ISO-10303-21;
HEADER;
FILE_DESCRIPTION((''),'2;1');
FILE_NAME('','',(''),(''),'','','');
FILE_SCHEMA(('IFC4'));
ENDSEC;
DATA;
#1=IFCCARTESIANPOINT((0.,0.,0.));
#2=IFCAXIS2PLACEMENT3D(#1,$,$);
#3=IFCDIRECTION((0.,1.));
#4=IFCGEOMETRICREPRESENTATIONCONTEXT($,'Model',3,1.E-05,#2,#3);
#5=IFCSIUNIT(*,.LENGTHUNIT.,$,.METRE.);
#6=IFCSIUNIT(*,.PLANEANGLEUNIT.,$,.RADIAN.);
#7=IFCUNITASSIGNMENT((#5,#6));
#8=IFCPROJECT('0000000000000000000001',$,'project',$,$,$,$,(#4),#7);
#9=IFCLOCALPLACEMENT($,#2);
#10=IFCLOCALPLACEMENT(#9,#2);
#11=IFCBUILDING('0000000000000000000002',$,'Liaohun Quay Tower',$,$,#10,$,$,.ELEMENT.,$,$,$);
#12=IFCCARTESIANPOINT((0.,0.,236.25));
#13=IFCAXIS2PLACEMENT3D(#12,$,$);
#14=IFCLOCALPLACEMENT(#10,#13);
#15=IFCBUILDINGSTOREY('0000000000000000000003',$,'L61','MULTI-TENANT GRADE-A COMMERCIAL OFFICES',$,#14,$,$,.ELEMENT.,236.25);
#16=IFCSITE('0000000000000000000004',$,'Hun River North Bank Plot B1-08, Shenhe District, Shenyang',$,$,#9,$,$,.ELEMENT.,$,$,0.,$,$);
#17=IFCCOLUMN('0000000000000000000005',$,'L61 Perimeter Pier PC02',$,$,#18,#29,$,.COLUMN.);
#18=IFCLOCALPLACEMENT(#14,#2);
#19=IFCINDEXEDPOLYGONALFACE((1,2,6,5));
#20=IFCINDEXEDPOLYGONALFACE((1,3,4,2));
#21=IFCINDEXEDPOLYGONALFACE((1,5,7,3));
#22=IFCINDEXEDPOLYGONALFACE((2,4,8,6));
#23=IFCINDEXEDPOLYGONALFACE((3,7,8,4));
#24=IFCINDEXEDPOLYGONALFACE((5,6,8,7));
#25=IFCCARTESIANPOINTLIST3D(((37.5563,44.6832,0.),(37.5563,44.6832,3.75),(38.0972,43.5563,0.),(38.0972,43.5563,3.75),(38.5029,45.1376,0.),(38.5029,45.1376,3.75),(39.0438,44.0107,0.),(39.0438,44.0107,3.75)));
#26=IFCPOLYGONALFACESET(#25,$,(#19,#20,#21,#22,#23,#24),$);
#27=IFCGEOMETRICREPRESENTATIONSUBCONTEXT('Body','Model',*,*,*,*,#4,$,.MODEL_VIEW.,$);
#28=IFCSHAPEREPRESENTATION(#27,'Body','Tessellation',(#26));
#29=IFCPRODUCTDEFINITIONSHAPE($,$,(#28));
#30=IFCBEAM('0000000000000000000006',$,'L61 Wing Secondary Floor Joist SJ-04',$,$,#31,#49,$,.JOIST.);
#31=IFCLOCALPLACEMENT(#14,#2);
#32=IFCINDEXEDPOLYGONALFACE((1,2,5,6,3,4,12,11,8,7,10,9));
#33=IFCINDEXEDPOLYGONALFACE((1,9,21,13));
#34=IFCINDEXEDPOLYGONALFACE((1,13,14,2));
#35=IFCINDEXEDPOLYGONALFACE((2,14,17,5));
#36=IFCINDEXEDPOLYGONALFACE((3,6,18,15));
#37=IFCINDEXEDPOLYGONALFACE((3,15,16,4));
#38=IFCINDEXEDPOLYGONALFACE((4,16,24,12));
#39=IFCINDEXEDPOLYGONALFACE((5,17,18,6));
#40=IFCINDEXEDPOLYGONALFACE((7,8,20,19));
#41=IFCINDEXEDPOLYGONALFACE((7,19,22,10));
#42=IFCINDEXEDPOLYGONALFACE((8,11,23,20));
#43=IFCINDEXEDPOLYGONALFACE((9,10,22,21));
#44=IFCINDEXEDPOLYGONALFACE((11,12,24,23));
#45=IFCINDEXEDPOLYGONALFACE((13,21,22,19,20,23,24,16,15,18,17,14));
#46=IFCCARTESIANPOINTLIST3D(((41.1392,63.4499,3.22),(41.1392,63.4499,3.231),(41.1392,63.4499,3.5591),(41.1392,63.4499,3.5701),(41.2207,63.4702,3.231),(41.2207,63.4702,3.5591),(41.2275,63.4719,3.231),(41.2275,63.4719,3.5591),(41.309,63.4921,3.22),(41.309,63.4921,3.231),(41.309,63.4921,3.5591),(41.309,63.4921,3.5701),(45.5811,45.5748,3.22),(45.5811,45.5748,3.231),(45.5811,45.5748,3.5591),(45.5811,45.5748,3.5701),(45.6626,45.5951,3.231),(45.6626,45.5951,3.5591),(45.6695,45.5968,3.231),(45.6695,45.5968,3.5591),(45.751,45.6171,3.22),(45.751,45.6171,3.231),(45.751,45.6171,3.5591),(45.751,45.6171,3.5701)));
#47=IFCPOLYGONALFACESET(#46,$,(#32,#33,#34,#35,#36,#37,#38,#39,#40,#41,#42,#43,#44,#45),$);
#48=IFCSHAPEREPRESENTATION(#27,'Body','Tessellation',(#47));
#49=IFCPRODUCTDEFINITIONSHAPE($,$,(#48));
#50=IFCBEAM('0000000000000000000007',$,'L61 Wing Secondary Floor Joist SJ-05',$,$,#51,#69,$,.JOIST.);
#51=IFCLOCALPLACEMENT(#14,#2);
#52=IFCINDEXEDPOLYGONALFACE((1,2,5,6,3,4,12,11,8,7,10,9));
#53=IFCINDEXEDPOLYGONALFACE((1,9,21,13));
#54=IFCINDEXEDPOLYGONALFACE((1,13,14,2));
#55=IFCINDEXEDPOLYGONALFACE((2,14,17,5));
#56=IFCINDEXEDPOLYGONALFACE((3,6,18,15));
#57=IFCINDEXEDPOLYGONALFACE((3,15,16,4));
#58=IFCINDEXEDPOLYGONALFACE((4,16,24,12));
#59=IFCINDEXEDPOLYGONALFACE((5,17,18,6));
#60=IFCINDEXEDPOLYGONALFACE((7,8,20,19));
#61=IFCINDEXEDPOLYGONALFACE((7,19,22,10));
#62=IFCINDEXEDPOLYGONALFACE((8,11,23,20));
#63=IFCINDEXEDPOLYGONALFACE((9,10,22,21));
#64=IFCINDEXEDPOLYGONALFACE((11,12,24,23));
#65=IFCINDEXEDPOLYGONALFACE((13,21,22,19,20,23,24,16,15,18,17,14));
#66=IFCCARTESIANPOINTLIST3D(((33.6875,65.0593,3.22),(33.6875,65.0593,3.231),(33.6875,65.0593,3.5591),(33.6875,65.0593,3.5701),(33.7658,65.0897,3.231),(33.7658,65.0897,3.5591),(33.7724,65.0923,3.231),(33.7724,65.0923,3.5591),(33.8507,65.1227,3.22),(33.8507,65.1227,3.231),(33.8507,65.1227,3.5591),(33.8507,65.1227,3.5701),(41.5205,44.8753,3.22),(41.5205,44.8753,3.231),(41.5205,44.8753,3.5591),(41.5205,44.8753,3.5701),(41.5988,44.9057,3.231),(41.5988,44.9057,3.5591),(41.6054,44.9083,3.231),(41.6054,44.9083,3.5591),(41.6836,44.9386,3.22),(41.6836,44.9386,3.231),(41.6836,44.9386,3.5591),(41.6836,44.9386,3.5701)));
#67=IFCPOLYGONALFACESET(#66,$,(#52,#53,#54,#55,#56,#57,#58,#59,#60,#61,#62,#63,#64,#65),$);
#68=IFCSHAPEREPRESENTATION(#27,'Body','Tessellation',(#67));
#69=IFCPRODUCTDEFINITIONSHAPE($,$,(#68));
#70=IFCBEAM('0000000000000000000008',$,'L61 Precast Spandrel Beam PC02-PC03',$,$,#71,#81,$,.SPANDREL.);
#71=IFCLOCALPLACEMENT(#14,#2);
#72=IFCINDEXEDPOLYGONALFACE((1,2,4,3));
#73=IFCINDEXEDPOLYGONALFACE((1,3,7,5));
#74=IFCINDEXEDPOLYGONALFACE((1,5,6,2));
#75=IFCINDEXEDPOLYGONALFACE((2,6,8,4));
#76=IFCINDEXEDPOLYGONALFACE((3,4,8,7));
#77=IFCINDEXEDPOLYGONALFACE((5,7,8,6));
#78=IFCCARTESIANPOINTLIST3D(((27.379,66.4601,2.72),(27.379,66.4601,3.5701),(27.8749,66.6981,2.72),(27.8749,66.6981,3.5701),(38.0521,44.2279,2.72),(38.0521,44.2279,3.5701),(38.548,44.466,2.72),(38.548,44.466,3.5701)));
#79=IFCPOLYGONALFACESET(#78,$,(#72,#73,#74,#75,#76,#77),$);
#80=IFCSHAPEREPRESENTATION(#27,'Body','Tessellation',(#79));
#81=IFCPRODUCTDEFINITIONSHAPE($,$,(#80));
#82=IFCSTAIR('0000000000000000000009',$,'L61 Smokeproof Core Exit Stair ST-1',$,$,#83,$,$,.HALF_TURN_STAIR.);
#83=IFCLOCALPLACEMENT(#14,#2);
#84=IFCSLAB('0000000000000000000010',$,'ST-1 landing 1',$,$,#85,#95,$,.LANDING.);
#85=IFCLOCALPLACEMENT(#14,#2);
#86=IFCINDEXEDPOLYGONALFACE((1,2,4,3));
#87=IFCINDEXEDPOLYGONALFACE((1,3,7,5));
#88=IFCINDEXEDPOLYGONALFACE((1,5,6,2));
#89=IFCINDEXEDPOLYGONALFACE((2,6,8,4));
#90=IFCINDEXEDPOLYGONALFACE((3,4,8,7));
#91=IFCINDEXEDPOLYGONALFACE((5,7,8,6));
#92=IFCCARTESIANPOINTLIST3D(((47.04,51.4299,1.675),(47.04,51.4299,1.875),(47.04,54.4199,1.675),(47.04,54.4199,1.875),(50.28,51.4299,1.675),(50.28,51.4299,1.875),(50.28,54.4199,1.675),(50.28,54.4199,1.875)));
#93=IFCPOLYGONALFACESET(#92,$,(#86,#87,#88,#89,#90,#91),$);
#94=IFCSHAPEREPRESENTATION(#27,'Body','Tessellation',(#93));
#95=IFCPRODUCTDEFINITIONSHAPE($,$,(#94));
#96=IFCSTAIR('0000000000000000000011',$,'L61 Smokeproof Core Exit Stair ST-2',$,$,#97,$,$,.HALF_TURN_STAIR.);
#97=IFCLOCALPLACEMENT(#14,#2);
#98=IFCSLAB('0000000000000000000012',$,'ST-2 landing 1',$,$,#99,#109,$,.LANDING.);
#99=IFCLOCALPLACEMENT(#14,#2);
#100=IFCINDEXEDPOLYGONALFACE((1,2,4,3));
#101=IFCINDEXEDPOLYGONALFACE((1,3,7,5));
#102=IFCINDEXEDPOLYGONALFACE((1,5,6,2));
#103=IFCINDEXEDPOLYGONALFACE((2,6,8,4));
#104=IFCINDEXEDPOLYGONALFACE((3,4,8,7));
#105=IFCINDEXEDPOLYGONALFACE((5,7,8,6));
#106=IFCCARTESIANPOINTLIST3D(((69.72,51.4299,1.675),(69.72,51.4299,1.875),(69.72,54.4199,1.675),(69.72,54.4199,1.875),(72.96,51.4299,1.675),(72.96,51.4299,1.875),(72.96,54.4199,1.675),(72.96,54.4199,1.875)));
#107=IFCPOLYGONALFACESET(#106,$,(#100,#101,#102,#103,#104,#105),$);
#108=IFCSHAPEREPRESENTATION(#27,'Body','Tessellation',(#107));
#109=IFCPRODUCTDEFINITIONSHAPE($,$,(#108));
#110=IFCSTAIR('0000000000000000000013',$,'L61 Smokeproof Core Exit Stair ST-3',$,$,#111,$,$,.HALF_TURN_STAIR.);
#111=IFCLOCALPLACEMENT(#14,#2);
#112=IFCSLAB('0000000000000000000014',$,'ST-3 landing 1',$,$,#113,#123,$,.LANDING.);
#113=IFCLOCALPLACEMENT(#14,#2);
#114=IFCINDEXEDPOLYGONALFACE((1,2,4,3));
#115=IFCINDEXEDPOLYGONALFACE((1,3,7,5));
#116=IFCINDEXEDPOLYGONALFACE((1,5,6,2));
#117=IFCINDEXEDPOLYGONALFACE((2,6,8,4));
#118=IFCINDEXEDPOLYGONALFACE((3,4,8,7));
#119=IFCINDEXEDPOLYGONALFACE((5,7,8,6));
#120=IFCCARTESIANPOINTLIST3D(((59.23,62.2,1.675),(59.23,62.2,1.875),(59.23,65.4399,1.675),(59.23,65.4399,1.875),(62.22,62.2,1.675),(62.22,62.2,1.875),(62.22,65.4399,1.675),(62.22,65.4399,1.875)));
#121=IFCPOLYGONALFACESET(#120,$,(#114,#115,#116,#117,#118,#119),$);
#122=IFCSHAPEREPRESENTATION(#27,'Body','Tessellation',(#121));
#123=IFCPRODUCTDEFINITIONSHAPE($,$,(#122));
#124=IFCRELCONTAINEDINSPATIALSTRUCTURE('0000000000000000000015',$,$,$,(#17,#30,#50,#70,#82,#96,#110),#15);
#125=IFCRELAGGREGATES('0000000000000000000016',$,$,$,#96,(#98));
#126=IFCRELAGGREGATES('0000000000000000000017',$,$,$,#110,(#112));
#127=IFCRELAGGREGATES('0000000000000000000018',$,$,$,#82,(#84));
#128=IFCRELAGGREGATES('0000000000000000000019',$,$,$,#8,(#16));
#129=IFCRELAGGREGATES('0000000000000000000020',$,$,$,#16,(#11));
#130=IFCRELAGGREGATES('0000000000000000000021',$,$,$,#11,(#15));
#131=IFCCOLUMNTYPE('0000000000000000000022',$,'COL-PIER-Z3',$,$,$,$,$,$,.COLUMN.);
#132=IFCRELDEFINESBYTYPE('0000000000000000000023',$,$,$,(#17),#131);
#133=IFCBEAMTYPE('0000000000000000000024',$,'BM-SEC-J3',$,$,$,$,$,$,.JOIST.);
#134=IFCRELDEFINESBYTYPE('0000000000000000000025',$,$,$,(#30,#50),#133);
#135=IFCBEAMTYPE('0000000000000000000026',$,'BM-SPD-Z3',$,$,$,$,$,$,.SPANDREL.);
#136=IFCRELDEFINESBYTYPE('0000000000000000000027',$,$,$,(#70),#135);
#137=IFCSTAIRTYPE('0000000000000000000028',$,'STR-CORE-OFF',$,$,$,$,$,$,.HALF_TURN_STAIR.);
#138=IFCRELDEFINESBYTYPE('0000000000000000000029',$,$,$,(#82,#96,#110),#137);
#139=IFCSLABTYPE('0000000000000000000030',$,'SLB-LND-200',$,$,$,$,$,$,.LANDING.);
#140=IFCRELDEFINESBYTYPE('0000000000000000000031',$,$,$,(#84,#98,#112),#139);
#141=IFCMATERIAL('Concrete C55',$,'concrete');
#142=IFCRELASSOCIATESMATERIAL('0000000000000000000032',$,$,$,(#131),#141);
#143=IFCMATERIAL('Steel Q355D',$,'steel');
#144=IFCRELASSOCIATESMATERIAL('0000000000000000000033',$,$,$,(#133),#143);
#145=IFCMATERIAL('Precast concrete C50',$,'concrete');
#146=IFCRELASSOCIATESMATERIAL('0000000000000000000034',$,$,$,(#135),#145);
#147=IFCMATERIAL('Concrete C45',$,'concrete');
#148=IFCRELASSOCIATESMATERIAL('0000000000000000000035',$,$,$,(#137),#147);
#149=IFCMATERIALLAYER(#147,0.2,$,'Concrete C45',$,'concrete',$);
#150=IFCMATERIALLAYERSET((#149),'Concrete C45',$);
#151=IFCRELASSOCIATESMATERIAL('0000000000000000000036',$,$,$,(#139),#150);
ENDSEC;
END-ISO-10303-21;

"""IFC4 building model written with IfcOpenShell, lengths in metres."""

from ifc_helpers import new_model, si_unit, direction, frame, origin, origin_2d, place, context, subcontext, project, spatial, polyline, rectangle, i_section, outline, extrude, source, transform, mapped, material, layer, layer_set, material_profile, profile_set, type_object, element, aggregate, save


model = new_model("IFC4")

# Units and contexts
model_context = context("Model", 3, precision=1e-05, world=origin(), true_north=direction((0.0, 1.0)))
body_context = subcontext(model_context, "Body", "Model", "MODEL_VIEW")
ifc_project = project(units=[si_unit("LENGTHUNIT", "METRE"), si_unit("PLANEANGLEUNIT", "RADIAN")], contexts=[model_context])

# Site, building, storey
site_placement = place(None, origin())
site = spatial("IfcSite", under=ifc_project, at=site_placement, Name="Hun River North Bank Plot B1-08, Shenhe District, Shenyang", CompositionType="ELEMENT", RefElevation=0.0)
building_placement = place(site_placement, origin())
building = spatial("IfcBuilding", under=site, at=building_placement, Name="Liaohun Quay Tower", CompositionType="ELEMENT")
storey_placement = place(building_placement, frame((0.0, 0.0, 236.25)))
storey = spatial("IfcBuildingStorey", under=building, at=storey_placement, Name="L61", Description="MULTI-TENANT GRADE-A COMMERCIAL OFFICES", CompositionType="ELEMENT", Elevation=236.25)

# Column
ifc_material_1 = material(Name="Concrete C55", Category="concrete")
ifc_material_profile_1 = material_profile(ifc_material_1, rectangle(XDim=1.25, YDim=1.05, at=origin_2d()), Name="RC1250x1050")
ifc_profile_set_1 = profile_set([ifc_material_profile_1], Name="Concrete C55")
column_type = type_object("IfcColumnType", Name="COL-PIER-Z3", PredefinedType="COLUMN", material=ifc_profile_set_1)
shared_shape_1 = source(origin(), body_context, "Body", "SweptSolid", [
    extrude(rectangle(XDim=1.25, YDim=1.05, at=origin_2d()), origin(), (0.0, 0.0, 1.0), 3.75),
])
column_placement = place(storey_placement, frame((38.3, 44.3469, 0.0), z_axis=(0.0, 0.0, 1.0), x_axis=(-0.432715, 0.901531, 0.0)))
element("IfcColumn", 1, at=column_placement, inside=storey, type_object=column_type, Name="L61 Perimeter Pier PC02", PredefinedType="COLUMN", context=body_context, shape_type="MappedRepresentation", body=[
    mapped(shared_shape_1, transform((0.0, 0.0, 0.0), x_axis=(1.0, 0.0, 0.0), y_axis=(0.0, 1.0, 0.0), z_axis=(0.0, 0.0, 1.0), scale=1.0)),
])

# Beams
ifc_material_2 = material(Name="Steel Q355D", Category="steel")
ifc_material_profile_2 = material_profile(ifc_material_2, i_section(OverallWidth=0.175, OverallDepth=0.3501, WebThickness=0.0071, FlangeThickness=0.011, at=origin_2d()), Name="HN350x175x7x11")
ifc_profile_set_2 = profile_set([ifc_material_profile_2], Name="Steel Q355D")
beam_type_1 = type_object("IfcBeamType", Name="BM-SEC-J3", PredefinedType="JOIST", material=ifc_profile_set_2)
shared_shape_2 = source(origin(), body_context, "Body", "SweptSolid", [
    extrude(i_section(OverallWidth=0.175, OverallDepth=0.3501, WebThickness=0.0071, FlangeThickness=0.011, at=origin_2d()), origin(), (0.0, 0.0, 1.0), 18.4187),
])
beam_1_placement = place(storey_placement, frame((45.666, 45.5959, 3.395), z_axis=(-0.241163, 0.970485, 0.0), x_axis=(-0.970485, -0.241163, 0.0)))
element("IfcBeam", 2, at=beam_1_placement, inside=storey, type_object=beam_type_1, Name="L61 Wing Secondary Floor Joist SJ-04", PredefinedType="JOIST", context=body_context, shape_type="MappedRepresentation", body=[
    mapped(shared_shape_2, transform((0.0, 0.0, 0.0), x_axis=(1.0, 0.0, 0.0), y_axis=(0.0, 1.0, 0.0), z_axis=(0.0, 0.0, 1.0), scale=1.0)),
])
shared_shape_3 = source(origin(), body_context, "Body", "SweptSolid", [
    extrude(i_section(OverallWidth=0.175, OverallDepth=0.3501, WebThickness=0.0071, FlangeThickness=0.011, at=origin_2d()), origin(), (0.0, 0.0, 1.0), 21.6506),
])
beam_2_placement = place(storey_placement, frame((41.6021, 44.907, 3.395), z_axis=(-0.36179, 0.93226, 0.0), x_axis=(-0.93226, -0.36179, 0.0)))
element("IfcBeam", 3, at=beam_2_placement, inside=storey, type_object=beam_type_1, Name="L61 Wing Secondary Floor Joist SJ-05", PredefinedType="JOIST", context=body_context, shape_type="MappedRepresentation", body=[
    mapped(shared_shape_3, transform((0.0, 0.0, 0.0), x_axis=(1.0, 0.0, 0.0), y_axis=(0.0, 1.0, 0.0), z_axis=(0.0, 0.0, 1.0), scale=1.0)),
])
ifc_material_3 = material(Name="Precast concrete C50", Category="concrete")
ifc_material_profile_3 = material_profile(ifc_material_3, rectangle(XDim=0.55, YDim=0.8501, at=origin_2d()), Name="RC550x850")
ifc_profile_set_3 = profile_set([ifc_material_profile_3], Name="Precast concrete C50")
beam_type_2 = type_object("IfcBeamType", Name="BM-SPD-Z3", PredefinedType="SPANDREL", material=ifc_profile_set_3)
shared_shape_4 = source(origin(), body_context, "Body", "SweptSolid", [
    extrude(rectangle(XDim=0.55, YDim=0.8501, at=origin_2d()), origin(), (0.0, 0.0, 1.0), 24.6614),
])
beam_3_placement = place(storey_placement, frame((38.3, 44.3469, 3.145), z_axis=(-0.432785, 0.901497, 0.0), x_axis=(-0.901497, -0.432785, 0.0)))
element("IfcBeam", 4, at=beam_3_placement, inside=storey, type_object=beam_type_2, Name="L61 Precast Spandrel Beam PC02-PC03", PredefinedType="SPANDREL", context=body_context, shape_type="MappedRepresentation", body=[
    mapped(shared_shape_4, transform((0.0, 0.0, 0.0), x_axis=(1.0, 0.0, 0.0), y_axis=(0.0, 1.0, 0.0), z_axis=(0.0, 0.0, 1.0), scale=1.0)),
])

# Stairs, slabs
ifc_material_4 = material(Name="Concrete C45", Category="concrete")
stair_type = type_object("IfcStairType", Name="STR-CORE-OFF", PredefinedType="HALF_TURN_STAIR", material=ifc_material_4)
stair_1_placement = place(storey_placement, origin())
stair_1 = element("IfcStair", 5, at=stair_1_placement, inside=storey, type_object=stair_type, Name="L61 Smokeproof Core Exit Stair ST-1", PredefinedType="HALF_TURN_STAIR")
ifc_layer_1 = layer(ifc_material_4, 0.2, Name="Concrete C45", Category="concrete")
ifc_layer_set_1 = layer_set([ifc_layer_1], Name="Concrete C45")
slab_type_1 = type_object("IfcSlabType", Name="SLB-LND-200", PredefinedType="LANDING", material=ifc_layer_set_1)
slab_1_placement = place(storey_placement, frame((0.0, 0.0, 1.675)))
slab_1 = element("IfcSlab", 6, at=slab_1_placement, type_object=slab_type_1, Name="ST-1 landing 1", PredefinedType="LANDING", context=body_context, shape_type="SweptSolid", body=[
    extrude(outline(polyline([(50.28, 51.4299), (50.28, 54.4199), (47.04, 54.4199), (47.04, 51.4299), (50.28, 51.4299)])), origin(), (0.0, 0.0, 1.0), 0.2),
])
stair_2_placement = place(storey_placement, origin())
stair_2 = element("IfcStair", 7, at=stair_2_placement, inside=storey, type_object=stair_type, Name="L61 Smokeproof Core Exit Stair ST-2", PredefinedType="HALF_TURN_STAIR")
slab_2_placement = place(storey_placement, frame((0.0, 0.0, 1.675)))
slab_2 = element("IfcSlab", 8, at=slab_2_placement, type_object=slab_type_1, Name="ST-2 landing 1", PredefinedType="LANDING", context=body_context, shape_type="SweptSolid", body=[
    extrude(outline(polyline([(72.96, 51.4299), (72.96, 54.4199), (69.72, 54.4199), (69.72, 51.4299), (72.96, 51.4299)])), origin(), (0.0, 0.0, 1.0), 0.2),
])
aggregate(stair_2, [slab_2])
stair_3_placement = place(storey_placement, origin())
stair_3 = element("IfcStair", 9, at=stair_3_placement, inside=storey, type_object=stair_type, Name="L61 Smokeproof Core Exit Stair ST-3", PredefinedType="HALF_TURN_STAIR")
slab_3_placement = place(storey_placement, frame((0.0, 0.0, 1.675)))
slab_3 = element("IfcSlab", 10, at=slab_3_placement, type_object=slab_type_1, Name="ST-3 landing 1", PredefinedType="LANDING", context=body_context, shape_type="SweptSolid", body=[
    extrude(outline(polyline([(59.23, 62.2), (62.22, 62.2), (62.22, 65.4399), (59.23, 65.4399), (59.23, 62.2)])), origin(), (0.0, 0.0, 1.0), 0.2),
])
aggregate(stair_3, [slab_3])

aggregate(stair_1, [slab_1])

save(model, "model.ifc")
